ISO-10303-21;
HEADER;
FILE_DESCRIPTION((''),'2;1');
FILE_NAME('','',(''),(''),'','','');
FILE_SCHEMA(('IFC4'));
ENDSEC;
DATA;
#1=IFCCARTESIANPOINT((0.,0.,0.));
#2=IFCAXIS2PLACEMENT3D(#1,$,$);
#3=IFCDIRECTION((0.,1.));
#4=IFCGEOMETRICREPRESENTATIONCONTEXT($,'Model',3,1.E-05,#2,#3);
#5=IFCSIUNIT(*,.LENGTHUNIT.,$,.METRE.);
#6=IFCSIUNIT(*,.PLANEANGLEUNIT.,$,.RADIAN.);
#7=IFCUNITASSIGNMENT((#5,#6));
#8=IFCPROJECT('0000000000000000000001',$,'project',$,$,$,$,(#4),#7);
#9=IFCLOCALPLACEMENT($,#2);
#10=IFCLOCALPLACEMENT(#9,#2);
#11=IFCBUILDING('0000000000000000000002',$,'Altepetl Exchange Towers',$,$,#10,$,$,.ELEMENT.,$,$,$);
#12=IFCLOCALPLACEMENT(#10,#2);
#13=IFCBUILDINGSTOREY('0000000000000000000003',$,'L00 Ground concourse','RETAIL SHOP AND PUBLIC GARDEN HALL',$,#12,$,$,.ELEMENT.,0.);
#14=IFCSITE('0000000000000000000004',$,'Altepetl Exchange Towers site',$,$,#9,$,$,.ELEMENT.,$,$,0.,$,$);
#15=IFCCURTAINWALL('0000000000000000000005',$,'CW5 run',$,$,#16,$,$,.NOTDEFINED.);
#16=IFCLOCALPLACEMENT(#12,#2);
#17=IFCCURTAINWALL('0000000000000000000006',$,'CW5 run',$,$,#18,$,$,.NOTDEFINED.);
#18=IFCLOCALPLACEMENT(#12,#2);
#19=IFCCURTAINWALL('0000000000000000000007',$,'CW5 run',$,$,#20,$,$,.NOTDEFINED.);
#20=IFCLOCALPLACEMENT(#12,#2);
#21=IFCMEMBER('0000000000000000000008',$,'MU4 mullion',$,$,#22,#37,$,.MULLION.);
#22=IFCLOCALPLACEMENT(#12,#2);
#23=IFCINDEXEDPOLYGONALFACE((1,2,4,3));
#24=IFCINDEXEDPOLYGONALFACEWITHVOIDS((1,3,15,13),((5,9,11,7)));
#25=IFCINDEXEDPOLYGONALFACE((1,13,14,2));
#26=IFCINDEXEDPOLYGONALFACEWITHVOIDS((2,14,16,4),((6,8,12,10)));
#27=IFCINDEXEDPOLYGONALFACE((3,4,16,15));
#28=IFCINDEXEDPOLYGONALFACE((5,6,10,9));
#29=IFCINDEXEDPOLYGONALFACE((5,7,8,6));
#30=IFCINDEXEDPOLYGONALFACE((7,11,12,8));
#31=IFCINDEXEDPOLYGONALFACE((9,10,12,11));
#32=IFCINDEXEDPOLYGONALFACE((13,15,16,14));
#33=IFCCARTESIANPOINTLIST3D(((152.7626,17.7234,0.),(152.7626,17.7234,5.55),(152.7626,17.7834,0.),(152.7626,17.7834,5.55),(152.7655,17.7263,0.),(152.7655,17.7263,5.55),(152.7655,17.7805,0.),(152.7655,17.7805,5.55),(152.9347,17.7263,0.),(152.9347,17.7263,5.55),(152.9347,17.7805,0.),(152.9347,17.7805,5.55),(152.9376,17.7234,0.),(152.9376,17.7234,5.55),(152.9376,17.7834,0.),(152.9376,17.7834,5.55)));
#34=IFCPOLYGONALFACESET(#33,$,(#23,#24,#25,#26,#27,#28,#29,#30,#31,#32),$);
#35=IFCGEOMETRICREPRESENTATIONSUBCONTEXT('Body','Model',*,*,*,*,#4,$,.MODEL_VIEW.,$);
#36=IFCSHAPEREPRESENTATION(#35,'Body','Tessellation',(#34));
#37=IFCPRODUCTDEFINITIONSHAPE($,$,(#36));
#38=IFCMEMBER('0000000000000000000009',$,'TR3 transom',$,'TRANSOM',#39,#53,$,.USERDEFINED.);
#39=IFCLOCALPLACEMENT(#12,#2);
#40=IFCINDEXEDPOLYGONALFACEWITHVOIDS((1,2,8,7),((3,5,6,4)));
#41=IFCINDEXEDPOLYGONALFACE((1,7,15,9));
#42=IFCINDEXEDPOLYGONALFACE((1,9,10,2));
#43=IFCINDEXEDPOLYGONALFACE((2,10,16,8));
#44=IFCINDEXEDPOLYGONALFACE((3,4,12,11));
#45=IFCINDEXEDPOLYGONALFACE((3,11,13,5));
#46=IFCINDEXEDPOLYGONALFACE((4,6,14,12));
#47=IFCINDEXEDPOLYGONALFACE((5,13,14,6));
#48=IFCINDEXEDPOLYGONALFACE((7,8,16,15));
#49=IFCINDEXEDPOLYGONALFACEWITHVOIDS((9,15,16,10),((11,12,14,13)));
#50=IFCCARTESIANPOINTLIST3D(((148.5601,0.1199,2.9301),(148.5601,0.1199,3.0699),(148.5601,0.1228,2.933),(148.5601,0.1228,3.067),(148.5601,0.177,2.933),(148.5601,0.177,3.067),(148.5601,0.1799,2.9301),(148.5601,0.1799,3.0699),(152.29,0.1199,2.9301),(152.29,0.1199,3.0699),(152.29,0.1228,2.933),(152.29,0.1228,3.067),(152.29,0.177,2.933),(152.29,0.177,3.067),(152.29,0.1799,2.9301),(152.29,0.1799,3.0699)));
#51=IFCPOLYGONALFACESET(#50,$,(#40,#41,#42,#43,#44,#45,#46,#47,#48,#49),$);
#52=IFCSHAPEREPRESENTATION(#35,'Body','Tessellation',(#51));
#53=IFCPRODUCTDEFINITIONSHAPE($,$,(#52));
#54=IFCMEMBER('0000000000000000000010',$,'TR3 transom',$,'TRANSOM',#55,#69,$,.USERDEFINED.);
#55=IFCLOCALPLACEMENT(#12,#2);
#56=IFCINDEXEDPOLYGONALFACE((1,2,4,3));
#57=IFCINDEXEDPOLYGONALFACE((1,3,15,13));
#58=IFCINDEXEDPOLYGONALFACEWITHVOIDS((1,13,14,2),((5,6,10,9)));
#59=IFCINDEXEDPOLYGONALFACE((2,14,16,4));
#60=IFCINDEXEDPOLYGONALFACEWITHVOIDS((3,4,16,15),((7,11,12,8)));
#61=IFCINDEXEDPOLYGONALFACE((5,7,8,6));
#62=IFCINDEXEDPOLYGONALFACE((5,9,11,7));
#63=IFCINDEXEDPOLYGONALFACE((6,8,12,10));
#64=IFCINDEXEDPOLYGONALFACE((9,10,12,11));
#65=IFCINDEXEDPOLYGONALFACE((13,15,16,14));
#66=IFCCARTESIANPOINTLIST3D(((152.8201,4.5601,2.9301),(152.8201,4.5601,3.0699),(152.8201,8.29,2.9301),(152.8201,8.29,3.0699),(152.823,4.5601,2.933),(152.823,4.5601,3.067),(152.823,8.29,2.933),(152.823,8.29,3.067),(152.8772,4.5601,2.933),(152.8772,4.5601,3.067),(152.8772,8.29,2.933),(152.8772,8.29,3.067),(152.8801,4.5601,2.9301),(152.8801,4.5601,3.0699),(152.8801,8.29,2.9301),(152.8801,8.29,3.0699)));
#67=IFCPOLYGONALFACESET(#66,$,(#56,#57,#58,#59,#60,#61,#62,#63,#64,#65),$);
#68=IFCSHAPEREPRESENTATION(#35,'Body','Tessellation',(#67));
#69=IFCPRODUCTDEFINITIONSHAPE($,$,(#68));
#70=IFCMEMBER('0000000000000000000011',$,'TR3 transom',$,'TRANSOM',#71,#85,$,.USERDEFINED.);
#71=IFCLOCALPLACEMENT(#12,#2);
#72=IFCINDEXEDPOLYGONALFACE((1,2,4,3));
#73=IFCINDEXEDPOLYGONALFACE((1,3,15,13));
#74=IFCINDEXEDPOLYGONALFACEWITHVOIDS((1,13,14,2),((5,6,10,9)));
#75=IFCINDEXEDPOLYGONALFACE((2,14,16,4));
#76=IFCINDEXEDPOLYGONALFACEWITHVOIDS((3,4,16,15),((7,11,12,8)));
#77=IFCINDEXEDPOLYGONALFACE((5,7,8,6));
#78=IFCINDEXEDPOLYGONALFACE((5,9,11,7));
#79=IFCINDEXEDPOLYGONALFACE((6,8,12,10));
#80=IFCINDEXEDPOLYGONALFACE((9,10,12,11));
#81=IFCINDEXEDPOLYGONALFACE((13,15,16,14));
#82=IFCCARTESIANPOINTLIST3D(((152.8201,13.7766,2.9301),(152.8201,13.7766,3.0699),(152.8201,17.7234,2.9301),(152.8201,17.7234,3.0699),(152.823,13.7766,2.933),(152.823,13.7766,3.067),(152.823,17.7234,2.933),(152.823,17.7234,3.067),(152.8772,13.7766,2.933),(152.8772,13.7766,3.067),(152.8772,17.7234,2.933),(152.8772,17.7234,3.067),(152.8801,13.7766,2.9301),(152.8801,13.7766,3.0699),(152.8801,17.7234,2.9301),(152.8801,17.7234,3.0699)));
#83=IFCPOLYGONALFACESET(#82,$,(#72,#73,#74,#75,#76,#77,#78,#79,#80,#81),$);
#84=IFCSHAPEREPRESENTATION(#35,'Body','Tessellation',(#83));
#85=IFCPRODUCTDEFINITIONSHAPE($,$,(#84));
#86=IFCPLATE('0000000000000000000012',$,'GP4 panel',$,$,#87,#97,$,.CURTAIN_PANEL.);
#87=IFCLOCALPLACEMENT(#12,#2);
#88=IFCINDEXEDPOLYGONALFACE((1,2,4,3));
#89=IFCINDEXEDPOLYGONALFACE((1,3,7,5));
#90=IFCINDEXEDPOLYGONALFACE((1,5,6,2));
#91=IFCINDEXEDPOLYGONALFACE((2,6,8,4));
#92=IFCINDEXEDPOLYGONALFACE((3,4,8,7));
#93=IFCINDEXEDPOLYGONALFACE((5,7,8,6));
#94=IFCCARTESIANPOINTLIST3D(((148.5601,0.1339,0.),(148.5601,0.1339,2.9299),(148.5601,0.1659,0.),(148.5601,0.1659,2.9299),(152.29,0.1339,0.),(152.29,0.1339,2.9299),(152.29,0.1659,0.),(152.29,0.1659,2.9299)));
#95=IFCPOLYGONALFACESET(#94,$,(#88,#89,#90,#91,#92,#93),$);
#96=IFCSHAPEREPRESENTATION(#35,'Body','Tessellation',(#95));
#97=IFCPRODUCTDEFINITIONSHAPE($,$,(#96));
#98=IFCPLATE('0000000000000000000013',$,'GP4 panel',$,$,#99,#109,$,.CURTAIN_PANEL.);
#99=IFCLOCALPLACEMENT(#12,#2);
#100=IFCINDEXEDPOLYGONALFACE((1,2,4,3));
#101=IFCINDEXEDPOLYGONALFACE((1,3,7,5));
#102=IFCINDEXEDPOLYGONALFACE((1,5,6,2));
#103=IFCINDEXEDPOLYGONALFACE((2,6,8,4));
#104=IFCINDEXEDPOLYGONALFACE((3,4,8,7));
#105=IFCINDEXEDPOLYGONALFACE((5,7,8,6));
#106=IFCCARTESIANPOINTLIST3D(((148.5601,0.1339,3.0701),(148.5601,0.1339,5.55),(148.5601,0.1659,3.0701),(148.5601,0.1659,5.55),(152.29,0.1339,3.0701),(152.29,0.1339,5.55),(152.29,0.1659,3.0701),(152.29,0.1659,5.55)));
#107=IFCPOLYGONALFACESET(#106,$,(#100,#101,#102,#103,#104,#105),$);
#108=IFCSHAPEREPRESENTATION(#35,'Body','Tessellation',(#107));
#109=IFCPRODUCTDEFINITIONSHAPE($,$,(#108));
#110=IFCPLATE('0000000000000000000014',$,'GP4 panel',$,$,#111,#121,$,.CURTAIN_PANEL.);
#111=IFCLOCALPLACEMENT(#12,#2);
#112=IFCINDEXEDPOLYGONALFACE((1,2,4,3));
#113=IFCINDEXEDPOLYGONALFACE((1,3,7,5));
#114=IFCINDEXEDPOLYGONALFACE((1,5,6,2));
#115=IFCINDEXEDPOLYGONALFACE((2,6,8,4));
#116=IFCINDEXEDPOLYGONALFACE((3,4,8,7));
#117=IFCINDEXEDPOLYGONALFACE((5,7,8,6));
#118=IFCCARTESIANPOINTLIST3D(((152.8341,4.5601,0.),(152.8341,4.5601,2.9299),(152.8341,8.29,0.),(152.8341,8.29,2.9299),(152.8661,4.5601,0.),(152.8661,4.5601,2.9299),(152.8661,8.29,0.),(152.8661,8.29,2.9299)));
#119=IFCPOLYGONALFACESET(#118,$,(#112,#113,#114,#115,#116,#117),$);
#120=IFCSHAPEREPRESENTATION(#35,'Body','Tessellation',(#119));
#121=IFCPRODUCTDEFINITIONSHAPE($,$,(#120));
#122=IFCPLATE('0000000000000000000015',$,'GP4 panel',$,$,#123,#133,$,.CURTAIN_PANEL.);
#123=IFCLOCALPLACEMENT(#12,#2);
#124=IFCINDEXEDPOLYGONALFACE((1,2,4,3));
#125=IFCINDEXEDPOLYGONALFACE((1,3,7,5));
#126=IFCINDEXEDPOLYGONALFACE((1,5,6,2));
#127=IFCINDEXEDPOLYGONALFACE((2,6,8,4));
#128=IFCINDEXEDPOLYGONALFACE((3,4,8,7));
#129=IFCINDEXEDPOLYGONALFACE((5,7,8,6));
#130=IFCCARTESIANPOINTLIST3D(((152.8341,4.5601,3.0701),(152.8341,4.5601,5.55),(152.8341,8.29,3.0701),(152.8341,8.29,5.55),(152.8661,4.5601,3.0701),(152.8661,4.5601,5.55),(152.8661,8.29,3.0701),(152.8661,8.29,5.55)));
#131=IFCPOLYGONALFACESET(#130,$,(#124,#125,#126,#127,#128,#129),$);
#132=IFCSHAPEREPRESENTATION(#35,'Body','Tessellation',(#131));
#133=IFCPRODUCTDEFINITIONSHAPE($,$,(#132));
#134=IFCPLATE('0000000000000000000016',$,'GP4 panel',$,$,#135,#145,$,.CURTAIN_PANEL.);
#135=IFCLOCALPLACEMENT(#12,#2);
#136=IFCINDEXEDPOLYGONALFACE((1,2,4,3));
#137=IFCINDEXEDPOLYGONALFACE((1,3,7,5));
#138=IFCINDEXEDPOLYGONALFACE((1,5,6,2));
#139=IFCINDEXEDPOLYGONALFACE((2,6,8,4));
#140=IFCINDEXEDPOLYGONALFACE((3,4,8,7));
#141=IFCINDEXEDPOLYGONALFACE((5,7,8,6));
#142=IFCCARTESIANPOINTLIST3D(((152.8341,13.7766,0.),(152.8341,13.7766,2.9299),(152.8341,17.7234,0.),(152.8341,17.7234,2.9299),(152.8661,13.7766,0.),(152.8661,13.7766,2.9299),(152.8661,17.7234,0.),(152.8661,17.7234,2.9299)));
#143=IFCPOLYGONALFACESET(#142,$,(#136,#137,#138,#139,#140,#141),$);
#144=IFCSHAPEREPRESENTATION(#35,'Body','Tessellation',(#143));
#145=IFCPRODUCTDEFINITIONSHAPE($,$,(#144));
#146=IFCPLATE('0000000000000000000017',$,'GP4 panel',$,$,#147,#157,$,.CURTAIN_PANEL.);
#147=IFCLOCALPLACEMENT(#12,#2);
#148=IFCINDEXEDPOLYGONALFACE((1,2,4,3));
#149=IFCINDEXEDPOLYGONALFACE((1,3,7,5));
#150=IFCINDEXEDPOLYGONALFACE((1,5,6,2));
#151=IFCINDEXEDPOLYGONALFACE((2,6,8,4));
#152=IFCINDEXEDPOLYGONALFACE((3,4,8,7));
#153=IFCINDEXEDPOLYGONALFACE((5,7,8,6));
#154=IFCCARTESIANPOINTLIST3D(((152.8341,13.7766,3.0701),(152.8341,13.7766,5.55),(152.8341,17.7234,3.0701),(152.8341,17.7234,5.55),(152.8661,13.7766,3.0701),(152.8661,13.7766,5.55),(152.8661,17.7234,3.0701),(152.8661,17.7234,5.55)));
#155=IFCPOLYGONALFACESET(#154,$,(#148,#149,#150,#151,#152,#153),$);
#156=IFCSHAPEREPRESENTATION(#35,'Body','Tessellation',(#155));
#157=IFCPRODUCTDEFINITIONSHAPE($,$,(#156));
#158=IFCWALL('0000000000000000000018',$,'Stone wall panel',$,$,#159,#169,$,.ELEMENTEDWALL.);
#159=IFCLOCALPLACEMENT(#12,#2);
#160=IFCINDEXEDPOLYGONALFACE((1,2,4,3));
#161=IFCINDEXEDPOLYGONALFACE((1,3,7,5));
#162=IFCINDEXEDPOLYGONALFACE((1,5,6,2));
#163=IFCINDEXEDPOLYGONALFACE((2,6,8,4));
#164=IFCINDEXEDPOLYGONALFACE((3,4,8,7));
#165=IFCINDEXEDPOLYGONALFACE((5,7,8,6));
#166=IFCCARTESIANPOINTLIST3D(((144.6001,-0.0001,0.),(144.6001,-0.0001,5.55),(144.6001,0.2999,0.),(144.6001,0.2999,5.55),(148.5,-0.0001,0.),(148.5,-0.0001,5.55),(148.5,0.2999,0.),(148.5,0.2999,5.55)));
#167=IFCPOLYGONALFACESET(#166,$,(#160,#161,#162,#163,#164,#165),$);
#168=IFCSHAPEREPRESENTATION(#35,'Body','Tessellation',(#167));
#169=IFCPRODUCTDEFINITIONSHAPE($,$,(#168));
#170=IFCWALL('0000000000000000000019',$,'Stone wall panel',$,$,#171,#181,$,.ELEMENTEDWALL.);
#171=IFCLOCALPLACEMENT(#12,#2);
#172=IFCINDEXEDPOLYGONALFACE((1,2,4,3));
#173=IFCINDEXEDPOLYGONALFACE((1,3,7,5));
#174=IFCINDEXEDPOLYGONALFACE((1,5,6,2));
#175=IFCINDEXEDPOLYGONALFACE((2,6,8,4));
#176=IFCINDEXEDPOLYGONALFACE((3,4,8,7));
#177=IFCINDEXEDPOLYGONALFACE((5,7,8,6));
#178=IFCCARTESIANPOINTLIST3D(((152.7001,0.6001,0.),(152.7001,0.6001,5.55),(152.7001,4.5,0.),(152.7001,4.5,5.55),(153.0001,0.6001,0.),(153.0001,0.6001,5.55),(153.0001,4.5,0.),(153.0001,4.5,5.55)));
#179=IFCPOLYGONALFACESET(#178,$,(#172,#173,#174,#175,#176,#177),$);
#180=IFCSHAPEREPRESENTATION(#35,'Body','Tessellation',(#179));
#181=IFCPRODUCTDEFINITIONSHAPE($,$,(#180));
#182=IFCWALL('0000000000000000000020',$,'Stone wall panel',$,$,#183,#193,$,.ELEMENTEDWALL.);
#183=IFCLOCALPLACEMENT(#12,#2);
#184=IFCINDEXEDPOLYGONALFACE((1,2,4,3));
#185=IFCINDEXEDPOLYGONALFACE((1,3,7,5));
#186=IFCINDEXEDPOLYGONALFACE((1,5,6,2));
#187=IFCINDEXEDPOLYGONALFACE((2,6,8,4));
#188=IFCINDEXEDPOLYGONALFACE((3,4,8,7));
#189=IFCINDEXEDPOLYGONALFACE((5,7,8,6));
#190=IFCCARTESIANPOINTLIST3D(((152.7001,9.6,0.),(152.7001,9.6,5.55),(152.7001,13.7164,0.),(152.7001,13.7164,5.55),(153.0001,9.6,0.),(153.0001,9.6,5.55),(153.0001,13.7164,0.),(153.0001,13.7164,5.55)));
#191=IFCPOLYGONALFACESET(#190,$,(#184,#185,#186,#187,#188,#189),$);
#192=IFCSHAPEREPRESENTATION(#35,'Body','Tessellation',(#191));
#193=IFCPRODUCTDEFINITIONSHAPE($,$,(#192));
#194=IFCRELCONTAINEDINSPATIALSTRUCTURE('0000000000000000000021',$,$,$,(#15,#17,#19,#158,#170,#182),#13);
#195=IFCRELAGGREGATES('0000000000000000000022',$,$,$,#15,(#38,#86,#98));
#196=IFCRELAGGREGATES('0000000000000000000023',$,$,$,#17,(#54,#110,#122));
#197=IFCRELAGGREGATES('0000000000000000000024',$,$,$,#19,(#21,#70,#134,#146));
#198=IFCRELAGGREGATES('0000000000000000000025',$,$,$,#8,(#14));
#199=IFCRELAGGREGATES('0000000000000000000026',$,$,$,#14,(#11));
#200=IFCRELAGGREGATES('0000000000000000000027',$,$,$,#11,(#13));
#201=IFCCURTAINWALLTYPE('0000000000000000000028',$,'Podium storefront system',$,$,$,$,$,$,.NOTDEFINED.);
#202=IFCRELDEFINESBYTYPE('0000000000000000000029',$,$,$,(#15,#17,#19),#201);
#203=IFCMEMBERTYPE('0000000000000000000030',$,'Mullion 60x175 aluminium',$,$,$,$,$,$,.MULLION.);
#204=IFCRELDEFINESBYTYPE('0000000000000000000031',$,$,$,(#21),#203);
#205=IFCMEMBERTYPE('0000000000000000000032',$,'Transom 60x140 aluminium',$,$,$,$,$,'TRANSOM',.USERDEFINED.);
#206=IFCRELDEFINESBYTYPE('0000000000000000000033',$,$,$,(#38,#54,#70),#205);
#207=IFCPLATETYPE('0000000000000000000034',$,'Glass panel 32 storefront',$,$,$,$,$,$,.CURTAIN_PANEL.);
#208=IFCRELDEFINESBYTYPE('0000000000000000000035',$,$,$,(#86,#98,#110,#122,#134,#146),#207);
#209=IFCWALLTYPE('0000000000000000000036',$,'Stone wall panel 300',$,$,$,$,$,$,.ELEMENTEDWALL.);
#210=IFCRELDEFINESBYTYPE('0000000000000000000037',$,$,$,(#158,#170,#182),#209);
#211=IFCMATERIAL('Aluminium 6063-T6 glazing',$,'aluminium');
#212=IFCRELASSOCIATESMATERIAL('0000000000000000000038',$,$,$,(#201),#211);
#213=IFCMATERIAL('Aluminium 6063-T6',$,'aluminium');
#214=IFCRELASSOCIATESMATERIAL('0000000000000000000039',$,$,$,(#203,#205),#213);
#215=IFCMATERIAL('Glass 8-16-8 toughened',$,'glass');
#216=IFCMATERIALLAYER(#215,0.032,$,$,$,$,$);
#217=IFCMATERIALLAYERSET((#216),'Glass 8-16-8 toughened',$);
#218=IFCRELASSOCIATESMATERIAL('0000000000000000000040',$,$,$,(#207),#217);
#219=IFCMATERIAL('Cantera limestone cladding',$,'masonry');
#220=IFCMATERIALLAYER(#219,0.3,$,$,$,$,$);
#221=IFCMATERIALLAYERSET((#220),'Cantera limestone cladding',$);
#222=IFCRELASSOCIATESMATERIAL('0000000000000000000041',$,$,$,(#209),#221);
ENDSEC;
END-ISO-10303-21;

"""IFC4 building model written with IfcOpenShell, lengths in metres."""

from ifc_helpers import new_model, si_unit, direction, frame, frame_2d, origin, origin_2d, place, context, subcontext, project, spatial, rectangle, hollow_rectangle, extrude, material, layer, layer_set, material_profile, profile_set, type_object, element, aggregate, save


model = new_model("IFC4")

# Units and contexts
model_context = context("Model", 3, precision=1e-05, world=origin(), true_north=direction((0.0, 1.0)))
body_context = subcontext(model_context, "Body", "Model", "MODEL_VIEW")
ifc_project = project(units=[si_unit("LENGTHUNIT", "METRE"), si_unit("PLANEANGLEUNIT", "RADIAN")], contexts=[model_context])

# Site, building, storey
site_placement = place(None, origin())
site = spatial("IfcSite", under=ifc_project, at=site_placement, Name="Altepetl Exchange Towers site", CompositionType="ELEMENT", RefElevation=0.0)
building_placement = place(site_placement, origin())
building = spatial("IfcBuilding", under=site, at=building_placement, Name="Altepetl Exchange Towers", CompositionType="ELEMENT")
storey_placement = place(building_placement, origin())
storey = spatial("IfcBuildingStorey", under=building, at=storey_placement, Name="L00 Ground concourse", Description="RETAIL SHOP AND PUBLIC GARDEN HALL", CompositionType="ELEMENT", Elevation=0.0)

# Curtain walls, member
ifc_material_1 = material(Name="Aluminium 6063-T6 glazing", Category="aluminium")
curtain_wall_type = type_object("IfcCurtainWallType", Name="Podium storefront system", PredefinedType="NOTDEFINED", material=ifc_material_1)
curtain_wall_1_placement = place(storey_placement, origin())
curtain_wall_1 = element("IfcCurtainWall", 1, at=curtain_wall_1_placement, inside=storey, type_object=curtain_wall_type, Name="CW5 run", PredefinedType="NOTDEFINED")
ifc_material_2 = material(Name="Aluminium 6063-T6", Category="aluminium")
ifc_material_profile_1 = material_profile(ifc_material_2, hollow_rectangle(XDim=0.0601, YDim=0.175, WallThickness=0.0029, at=origin_2d()), Name="Mullion 60x175 aluminium")
ifc_profile_set_1 = profile_set([ifc_material_profile_1], Name="Aluminium 6063-T6")
member_type_1 = type_object("IfcMemberType", Name="Mullion 60x175 aluminium", PredefinedType="MULLION", material=ifc_profile_set_1)
curtain_wall_2_placement = place(storey_placement, origin())
curtain_wall_2 = element("IfcCurtainWall", 2, at=curtain_wall_2_placement, inside=storey, type_object=curtain_wall_type, Name="CW5 run", PredefinedType="NOTDEFINED")
curtain_wall_3_placement = place(storey_placement, origin())
curtain_wall_3 = element("IfcCurtainWall", 3, at=curtain_wall_3_placement, inside=storey, type_object=curtain_wall_type, Name="CW5 run", PredefinedType="NOTDEFINED")
member_1_placement = place(storey_placement, frame((152.8501, 17.7534, 0.0), z_axis=(0.0, 0.0, 1.0), x_axis=(0.0, 1.0, 0.0)))
member_1 = element("IfcMember", 4, at=member_1_placement, type_object=member_type_1, Name="MU4 mullion", PredefinedType="MULLION", context=body_context, shape_type="SweptSolid", body=[
    extrude(hollow_rectangle(XDim=0.0601, YDim=0.175, WallThickness=0.0029, at=origin_2d()), origin(), (0.0, 0.0, 1.0), 5.55),
])

# Members
ifc_material_profile_2 = material_profile(ifc_material_2, hollow_rectangle(XDim=0.0601, YDim=0.1399, WallThickness=0.0029, at=origin_2d()), Name="Transom 60x140 aluminium")
ifc_profile_set_2 = profile_set([ifc_material_profile_2], Name="Aluminium 6063-T6")
member_type_2 = type_object("IfcMemberType", Name="Transom 60x140 aluminium", ElementType="TRANSOM", PredefinedType="USERDEFINED", material=ifc_profile_set_2)
member_2_placement = place(storey_placement, frame((148.5601, 0.1499, 3.0), z_axis=(1.0, 0.0, 0.0), x_axis=(0.0, 1.0, 0.0)))
member_2 = element("IfcMember", 5, at=member_2_placement, type_object=member_type_2, Name="TR3 transom", ObjectType="TRANSOM", PredefinedType="USERDEFINED", context=body_context, shape_type="SweptSolid", body=[
    extrude(hollow_rectangle(XDim=0.0601, YDim=0.1399, WallThickness=0.0029, at=origin_2d()), origin(), (0.0, 0.0, 1.0), 3.73),
])
member_3_placement = place(storey_placement, frame((152.8501, 4.5601, 3.0), z_axis=(0.0, 1.0, 0.0), x_axis=(-1.0, 0.0, 0.0)))
member_3 = element("IfcMember", 6, at=member_3_placement, type_object=member_type_2, Name="TR3 transom", ObjectType="TRANSOM", PredefinedType="USERDEFINED", context=body_context, shape_type="SweptSolid", body=[
    extrude(hollow_rectangle(XDim=0.0601, YDim=0.1399, WallThickness=0.0029, at=origin_2d()), origin(), (0.0, 0.0, 1.0), 3.73),
])
member_4_placement = place(storey_placement, frame((152.8501, 13.7766, 3.0), z_axis=(0.0, 1.0, 0.0), x_axis=(-1.0, 0.0, 0.0)))
member_4 = element("IfcMember", 7, at=member_4_placement, type_object=member_type_2, Name="TR3 transom", ObjectType="TRANSOM", PredefinedType="USERDEFINED", context=body_context, shape_type="SweptSolid", body=[
    extrude(hollow_rectangle(XDim=0.0601, YDim=0.1399, WallThickness=0.0029, at=origin_2d()), origin(), (0.0, 0.0, 1.0), 3.9468),
])

# Plates
ifc_material_3 = material(Name="Glass 8-16-8 toughened", Category="glass")
ifc_layer_1 = layer(ifc_material_3, 0.032)
ifc_layer_set_1 = layer_set([ifc_layer_1], Name="Glass 8-16-8 toughened")
plate_type = type_object("IfcPlateType", Name="Glass panel 32 storefront", PredefinedType="CURTAIN_PANEL", material=ifc_layer_set_1)
plate_1_placement = place(storey_placement, frame((150.425, 0.1499, 0.0)))
plate_1 = element("IfcPlate", 8, at=plate_1_placement, type_object=plate_type, Name="GP4 panel", PredefinedType="CURTAIN_PANEL", context=body_context, shape_type="SweptSolid", body=[
    extrude(rectangle(XDim=3.73, YDim=0.032, at=origin_2d()), origin(), (0.0, 0.0, 1.0), 2.9299),
])
plate_2_placement = place(storey_placement, frame((150.425, 0.1499, 3.0701)))
plate_2 = element("IfcPlate", 9, at=plate_2_placement, type_object=plate_type, Name="GP4 panel", PredefinedType="CURTAIN_PANEL", context=body_context, shape_type="SweptSolid", body=[
    extrude(rectangle(XDim=3.73, YDim=0.032, at=origin_2d()), origin(), (0.0, 0.0, 1.0), 2.48),
])
aggregate(curtain_wall_1, [member_2, plate_1, plate_2])
plate_3_placement = place(storey_placement, frame((152.8501, 6.425, 0.0), z_axis=(0.0, 0.0, 1.0), x_axis=(0.0, 1.0, 0.0)))
plate_3 = element("IfcPlate", 10, at=plate_3_placement, type_object=plate_type, Name="GP4 panel", PredefinedType="CURTAIN_PANEL", context=body_context, shape_type="SweptSolid", body=[
    extrude(rectangle(XDim=3.73, YDim=0.032, at=origin_2d()), origin(), (0.0, 0.0, 1.0), 2.9299),
])
plate_4_placement = place(storey_placement, frame((152.8501, 6.425, 3.0701), z_axis=(0.0, 0.0, 1.0), x_axis=(0.0, 1.0, 0.0)))
plate_4 = element("IfcPlate", 11, at=plate_4_placement, type_object=plate_type, Name="GP4 panel", PredefinedType="CURTAIN_PANEL", context=body_context, shape_type="SweptSolid", body=[
    extrude(rectangle(XDim=3.73, YDim=0.032, at=origin_2d()), origin(), (0.0, 0.0, 1.0), 2.48),
])
aggregate(curtain_wall_2, [member_3, plate_3, plate_4])
plate_5_placement = place(storey_placement, frame((152.8501, 15.75, 0.0), z_axis=(0.0, 0.0, 1.0), x_axis=(0.0, 1.0, 0.0)))
plate_5 = element("IfcPlate", 12, at=plate_5_placement, type_object=plate_type, Name="GP4 panel", PredefinedType="CURTAIN_PANEL", context=body_context, shape_type="SweptSolid", body=[
    extrude(rectangle(XDim=3.9468, YDim=0.032, at=origin_2d()), origin(), (0.0, 0.0, 1.0), 2.9299),
])
plate_6_placement = place(storey_placement, frame((152.8501, 15.75, 3.0701), z_axis=(0.0, 0.0, 1.0), x_axis=(0.0, 1.0, 0.0)))
plate_6 = element("IfcPlate", 13, at=plate_6_placement, type_object=plate_type, Name="GP4 panel", PredefinedType="CURTAIN_PANEL", context=body_context, shape_type="SweptSolid", body=[
    extrude(rectangle(XDim=3.9468, YDim=0.032, at=origin_2d()), origin(), (0.0, 0.0, 1.0), 2.48),
])
aggregate(curtain_wall_3, [member_1, member_4, plate_5, plate_6])

# Walls
ifc_material_4 = material(Name="Cantera limestone cladding", Category="masonry")
ifc_layer_2 = layer(ifc_material_4, 0.3)
ifc_layer_set_2 = layer_set([ifc_layer_2], Name="Cantera limestone cladding")
wall_type = type_object("IfcWallType", Name="Stone wall panel 300", PredefinedType="ELEMENTEDWALL", material=ifc_layer_set_2)
wall_1_placement = place(storey_placement, frame((144.6001, 0.1499, 0.0)))
element("IfcWall", 14, at=wall_1_placement, inside=storey, type_object=wall_type, Name="Stone wall panel", PredefinedType="ELEMENTEDWALL", context=body_context, shape_type="SweptSolid", body=[
    extrude(rectangle(XDim=3.8999, YDim=0.3, at=frame_2d((1.95, 0.0))), origin(), (0.0, 0.0, 1.0), 5.55),
])
wall_2_placement = place(storey_placement, frame((152.8501, 0.6001, 0.0), z_axis=(0.0, 0.0, 1.0), x_axis=(0.0, 1.0, 0.0)))
element("IfcWall", 15, at=wall_2_placement, inside=storey, type_object=wall_type, Name="Stone wall panel", PredefinedType="ELEMENTEDWALL", context=body_context, shape_type="SweptSolid", body=[
    extrude(rectangle(XDim=3.8999, YDim=0.3, at=frame_2d((1.95, 0.0))), origin(), (0.0, 0.0, 1.0), 5.55),
])
for number, where, z_axis, x_axis, name in (
    (16, (152.8501, 9.6001, 0.0), (0.0, 0.0, 1.0), (0.0, 1.0, 0.0), "Stone wall panel"),
):
    element("IfcWall", number, at=place(storey_placement, frame(where, z_axis=z_axis, x_axis=x_axis)), inside=storey, type_object=wall_type, Name=name, PredefinedType="ELEMENTEDWALL", context=body_context, shape_type="SweptSolid", body=[
        extrude(rectangle(XDim=4.1165, YDim=0.3, at=frame_2d((2.0581, 0.0))), origin(), (0.0, 0.0, 1.0), 5.55),
    ])

save(model, "model.ifc")
